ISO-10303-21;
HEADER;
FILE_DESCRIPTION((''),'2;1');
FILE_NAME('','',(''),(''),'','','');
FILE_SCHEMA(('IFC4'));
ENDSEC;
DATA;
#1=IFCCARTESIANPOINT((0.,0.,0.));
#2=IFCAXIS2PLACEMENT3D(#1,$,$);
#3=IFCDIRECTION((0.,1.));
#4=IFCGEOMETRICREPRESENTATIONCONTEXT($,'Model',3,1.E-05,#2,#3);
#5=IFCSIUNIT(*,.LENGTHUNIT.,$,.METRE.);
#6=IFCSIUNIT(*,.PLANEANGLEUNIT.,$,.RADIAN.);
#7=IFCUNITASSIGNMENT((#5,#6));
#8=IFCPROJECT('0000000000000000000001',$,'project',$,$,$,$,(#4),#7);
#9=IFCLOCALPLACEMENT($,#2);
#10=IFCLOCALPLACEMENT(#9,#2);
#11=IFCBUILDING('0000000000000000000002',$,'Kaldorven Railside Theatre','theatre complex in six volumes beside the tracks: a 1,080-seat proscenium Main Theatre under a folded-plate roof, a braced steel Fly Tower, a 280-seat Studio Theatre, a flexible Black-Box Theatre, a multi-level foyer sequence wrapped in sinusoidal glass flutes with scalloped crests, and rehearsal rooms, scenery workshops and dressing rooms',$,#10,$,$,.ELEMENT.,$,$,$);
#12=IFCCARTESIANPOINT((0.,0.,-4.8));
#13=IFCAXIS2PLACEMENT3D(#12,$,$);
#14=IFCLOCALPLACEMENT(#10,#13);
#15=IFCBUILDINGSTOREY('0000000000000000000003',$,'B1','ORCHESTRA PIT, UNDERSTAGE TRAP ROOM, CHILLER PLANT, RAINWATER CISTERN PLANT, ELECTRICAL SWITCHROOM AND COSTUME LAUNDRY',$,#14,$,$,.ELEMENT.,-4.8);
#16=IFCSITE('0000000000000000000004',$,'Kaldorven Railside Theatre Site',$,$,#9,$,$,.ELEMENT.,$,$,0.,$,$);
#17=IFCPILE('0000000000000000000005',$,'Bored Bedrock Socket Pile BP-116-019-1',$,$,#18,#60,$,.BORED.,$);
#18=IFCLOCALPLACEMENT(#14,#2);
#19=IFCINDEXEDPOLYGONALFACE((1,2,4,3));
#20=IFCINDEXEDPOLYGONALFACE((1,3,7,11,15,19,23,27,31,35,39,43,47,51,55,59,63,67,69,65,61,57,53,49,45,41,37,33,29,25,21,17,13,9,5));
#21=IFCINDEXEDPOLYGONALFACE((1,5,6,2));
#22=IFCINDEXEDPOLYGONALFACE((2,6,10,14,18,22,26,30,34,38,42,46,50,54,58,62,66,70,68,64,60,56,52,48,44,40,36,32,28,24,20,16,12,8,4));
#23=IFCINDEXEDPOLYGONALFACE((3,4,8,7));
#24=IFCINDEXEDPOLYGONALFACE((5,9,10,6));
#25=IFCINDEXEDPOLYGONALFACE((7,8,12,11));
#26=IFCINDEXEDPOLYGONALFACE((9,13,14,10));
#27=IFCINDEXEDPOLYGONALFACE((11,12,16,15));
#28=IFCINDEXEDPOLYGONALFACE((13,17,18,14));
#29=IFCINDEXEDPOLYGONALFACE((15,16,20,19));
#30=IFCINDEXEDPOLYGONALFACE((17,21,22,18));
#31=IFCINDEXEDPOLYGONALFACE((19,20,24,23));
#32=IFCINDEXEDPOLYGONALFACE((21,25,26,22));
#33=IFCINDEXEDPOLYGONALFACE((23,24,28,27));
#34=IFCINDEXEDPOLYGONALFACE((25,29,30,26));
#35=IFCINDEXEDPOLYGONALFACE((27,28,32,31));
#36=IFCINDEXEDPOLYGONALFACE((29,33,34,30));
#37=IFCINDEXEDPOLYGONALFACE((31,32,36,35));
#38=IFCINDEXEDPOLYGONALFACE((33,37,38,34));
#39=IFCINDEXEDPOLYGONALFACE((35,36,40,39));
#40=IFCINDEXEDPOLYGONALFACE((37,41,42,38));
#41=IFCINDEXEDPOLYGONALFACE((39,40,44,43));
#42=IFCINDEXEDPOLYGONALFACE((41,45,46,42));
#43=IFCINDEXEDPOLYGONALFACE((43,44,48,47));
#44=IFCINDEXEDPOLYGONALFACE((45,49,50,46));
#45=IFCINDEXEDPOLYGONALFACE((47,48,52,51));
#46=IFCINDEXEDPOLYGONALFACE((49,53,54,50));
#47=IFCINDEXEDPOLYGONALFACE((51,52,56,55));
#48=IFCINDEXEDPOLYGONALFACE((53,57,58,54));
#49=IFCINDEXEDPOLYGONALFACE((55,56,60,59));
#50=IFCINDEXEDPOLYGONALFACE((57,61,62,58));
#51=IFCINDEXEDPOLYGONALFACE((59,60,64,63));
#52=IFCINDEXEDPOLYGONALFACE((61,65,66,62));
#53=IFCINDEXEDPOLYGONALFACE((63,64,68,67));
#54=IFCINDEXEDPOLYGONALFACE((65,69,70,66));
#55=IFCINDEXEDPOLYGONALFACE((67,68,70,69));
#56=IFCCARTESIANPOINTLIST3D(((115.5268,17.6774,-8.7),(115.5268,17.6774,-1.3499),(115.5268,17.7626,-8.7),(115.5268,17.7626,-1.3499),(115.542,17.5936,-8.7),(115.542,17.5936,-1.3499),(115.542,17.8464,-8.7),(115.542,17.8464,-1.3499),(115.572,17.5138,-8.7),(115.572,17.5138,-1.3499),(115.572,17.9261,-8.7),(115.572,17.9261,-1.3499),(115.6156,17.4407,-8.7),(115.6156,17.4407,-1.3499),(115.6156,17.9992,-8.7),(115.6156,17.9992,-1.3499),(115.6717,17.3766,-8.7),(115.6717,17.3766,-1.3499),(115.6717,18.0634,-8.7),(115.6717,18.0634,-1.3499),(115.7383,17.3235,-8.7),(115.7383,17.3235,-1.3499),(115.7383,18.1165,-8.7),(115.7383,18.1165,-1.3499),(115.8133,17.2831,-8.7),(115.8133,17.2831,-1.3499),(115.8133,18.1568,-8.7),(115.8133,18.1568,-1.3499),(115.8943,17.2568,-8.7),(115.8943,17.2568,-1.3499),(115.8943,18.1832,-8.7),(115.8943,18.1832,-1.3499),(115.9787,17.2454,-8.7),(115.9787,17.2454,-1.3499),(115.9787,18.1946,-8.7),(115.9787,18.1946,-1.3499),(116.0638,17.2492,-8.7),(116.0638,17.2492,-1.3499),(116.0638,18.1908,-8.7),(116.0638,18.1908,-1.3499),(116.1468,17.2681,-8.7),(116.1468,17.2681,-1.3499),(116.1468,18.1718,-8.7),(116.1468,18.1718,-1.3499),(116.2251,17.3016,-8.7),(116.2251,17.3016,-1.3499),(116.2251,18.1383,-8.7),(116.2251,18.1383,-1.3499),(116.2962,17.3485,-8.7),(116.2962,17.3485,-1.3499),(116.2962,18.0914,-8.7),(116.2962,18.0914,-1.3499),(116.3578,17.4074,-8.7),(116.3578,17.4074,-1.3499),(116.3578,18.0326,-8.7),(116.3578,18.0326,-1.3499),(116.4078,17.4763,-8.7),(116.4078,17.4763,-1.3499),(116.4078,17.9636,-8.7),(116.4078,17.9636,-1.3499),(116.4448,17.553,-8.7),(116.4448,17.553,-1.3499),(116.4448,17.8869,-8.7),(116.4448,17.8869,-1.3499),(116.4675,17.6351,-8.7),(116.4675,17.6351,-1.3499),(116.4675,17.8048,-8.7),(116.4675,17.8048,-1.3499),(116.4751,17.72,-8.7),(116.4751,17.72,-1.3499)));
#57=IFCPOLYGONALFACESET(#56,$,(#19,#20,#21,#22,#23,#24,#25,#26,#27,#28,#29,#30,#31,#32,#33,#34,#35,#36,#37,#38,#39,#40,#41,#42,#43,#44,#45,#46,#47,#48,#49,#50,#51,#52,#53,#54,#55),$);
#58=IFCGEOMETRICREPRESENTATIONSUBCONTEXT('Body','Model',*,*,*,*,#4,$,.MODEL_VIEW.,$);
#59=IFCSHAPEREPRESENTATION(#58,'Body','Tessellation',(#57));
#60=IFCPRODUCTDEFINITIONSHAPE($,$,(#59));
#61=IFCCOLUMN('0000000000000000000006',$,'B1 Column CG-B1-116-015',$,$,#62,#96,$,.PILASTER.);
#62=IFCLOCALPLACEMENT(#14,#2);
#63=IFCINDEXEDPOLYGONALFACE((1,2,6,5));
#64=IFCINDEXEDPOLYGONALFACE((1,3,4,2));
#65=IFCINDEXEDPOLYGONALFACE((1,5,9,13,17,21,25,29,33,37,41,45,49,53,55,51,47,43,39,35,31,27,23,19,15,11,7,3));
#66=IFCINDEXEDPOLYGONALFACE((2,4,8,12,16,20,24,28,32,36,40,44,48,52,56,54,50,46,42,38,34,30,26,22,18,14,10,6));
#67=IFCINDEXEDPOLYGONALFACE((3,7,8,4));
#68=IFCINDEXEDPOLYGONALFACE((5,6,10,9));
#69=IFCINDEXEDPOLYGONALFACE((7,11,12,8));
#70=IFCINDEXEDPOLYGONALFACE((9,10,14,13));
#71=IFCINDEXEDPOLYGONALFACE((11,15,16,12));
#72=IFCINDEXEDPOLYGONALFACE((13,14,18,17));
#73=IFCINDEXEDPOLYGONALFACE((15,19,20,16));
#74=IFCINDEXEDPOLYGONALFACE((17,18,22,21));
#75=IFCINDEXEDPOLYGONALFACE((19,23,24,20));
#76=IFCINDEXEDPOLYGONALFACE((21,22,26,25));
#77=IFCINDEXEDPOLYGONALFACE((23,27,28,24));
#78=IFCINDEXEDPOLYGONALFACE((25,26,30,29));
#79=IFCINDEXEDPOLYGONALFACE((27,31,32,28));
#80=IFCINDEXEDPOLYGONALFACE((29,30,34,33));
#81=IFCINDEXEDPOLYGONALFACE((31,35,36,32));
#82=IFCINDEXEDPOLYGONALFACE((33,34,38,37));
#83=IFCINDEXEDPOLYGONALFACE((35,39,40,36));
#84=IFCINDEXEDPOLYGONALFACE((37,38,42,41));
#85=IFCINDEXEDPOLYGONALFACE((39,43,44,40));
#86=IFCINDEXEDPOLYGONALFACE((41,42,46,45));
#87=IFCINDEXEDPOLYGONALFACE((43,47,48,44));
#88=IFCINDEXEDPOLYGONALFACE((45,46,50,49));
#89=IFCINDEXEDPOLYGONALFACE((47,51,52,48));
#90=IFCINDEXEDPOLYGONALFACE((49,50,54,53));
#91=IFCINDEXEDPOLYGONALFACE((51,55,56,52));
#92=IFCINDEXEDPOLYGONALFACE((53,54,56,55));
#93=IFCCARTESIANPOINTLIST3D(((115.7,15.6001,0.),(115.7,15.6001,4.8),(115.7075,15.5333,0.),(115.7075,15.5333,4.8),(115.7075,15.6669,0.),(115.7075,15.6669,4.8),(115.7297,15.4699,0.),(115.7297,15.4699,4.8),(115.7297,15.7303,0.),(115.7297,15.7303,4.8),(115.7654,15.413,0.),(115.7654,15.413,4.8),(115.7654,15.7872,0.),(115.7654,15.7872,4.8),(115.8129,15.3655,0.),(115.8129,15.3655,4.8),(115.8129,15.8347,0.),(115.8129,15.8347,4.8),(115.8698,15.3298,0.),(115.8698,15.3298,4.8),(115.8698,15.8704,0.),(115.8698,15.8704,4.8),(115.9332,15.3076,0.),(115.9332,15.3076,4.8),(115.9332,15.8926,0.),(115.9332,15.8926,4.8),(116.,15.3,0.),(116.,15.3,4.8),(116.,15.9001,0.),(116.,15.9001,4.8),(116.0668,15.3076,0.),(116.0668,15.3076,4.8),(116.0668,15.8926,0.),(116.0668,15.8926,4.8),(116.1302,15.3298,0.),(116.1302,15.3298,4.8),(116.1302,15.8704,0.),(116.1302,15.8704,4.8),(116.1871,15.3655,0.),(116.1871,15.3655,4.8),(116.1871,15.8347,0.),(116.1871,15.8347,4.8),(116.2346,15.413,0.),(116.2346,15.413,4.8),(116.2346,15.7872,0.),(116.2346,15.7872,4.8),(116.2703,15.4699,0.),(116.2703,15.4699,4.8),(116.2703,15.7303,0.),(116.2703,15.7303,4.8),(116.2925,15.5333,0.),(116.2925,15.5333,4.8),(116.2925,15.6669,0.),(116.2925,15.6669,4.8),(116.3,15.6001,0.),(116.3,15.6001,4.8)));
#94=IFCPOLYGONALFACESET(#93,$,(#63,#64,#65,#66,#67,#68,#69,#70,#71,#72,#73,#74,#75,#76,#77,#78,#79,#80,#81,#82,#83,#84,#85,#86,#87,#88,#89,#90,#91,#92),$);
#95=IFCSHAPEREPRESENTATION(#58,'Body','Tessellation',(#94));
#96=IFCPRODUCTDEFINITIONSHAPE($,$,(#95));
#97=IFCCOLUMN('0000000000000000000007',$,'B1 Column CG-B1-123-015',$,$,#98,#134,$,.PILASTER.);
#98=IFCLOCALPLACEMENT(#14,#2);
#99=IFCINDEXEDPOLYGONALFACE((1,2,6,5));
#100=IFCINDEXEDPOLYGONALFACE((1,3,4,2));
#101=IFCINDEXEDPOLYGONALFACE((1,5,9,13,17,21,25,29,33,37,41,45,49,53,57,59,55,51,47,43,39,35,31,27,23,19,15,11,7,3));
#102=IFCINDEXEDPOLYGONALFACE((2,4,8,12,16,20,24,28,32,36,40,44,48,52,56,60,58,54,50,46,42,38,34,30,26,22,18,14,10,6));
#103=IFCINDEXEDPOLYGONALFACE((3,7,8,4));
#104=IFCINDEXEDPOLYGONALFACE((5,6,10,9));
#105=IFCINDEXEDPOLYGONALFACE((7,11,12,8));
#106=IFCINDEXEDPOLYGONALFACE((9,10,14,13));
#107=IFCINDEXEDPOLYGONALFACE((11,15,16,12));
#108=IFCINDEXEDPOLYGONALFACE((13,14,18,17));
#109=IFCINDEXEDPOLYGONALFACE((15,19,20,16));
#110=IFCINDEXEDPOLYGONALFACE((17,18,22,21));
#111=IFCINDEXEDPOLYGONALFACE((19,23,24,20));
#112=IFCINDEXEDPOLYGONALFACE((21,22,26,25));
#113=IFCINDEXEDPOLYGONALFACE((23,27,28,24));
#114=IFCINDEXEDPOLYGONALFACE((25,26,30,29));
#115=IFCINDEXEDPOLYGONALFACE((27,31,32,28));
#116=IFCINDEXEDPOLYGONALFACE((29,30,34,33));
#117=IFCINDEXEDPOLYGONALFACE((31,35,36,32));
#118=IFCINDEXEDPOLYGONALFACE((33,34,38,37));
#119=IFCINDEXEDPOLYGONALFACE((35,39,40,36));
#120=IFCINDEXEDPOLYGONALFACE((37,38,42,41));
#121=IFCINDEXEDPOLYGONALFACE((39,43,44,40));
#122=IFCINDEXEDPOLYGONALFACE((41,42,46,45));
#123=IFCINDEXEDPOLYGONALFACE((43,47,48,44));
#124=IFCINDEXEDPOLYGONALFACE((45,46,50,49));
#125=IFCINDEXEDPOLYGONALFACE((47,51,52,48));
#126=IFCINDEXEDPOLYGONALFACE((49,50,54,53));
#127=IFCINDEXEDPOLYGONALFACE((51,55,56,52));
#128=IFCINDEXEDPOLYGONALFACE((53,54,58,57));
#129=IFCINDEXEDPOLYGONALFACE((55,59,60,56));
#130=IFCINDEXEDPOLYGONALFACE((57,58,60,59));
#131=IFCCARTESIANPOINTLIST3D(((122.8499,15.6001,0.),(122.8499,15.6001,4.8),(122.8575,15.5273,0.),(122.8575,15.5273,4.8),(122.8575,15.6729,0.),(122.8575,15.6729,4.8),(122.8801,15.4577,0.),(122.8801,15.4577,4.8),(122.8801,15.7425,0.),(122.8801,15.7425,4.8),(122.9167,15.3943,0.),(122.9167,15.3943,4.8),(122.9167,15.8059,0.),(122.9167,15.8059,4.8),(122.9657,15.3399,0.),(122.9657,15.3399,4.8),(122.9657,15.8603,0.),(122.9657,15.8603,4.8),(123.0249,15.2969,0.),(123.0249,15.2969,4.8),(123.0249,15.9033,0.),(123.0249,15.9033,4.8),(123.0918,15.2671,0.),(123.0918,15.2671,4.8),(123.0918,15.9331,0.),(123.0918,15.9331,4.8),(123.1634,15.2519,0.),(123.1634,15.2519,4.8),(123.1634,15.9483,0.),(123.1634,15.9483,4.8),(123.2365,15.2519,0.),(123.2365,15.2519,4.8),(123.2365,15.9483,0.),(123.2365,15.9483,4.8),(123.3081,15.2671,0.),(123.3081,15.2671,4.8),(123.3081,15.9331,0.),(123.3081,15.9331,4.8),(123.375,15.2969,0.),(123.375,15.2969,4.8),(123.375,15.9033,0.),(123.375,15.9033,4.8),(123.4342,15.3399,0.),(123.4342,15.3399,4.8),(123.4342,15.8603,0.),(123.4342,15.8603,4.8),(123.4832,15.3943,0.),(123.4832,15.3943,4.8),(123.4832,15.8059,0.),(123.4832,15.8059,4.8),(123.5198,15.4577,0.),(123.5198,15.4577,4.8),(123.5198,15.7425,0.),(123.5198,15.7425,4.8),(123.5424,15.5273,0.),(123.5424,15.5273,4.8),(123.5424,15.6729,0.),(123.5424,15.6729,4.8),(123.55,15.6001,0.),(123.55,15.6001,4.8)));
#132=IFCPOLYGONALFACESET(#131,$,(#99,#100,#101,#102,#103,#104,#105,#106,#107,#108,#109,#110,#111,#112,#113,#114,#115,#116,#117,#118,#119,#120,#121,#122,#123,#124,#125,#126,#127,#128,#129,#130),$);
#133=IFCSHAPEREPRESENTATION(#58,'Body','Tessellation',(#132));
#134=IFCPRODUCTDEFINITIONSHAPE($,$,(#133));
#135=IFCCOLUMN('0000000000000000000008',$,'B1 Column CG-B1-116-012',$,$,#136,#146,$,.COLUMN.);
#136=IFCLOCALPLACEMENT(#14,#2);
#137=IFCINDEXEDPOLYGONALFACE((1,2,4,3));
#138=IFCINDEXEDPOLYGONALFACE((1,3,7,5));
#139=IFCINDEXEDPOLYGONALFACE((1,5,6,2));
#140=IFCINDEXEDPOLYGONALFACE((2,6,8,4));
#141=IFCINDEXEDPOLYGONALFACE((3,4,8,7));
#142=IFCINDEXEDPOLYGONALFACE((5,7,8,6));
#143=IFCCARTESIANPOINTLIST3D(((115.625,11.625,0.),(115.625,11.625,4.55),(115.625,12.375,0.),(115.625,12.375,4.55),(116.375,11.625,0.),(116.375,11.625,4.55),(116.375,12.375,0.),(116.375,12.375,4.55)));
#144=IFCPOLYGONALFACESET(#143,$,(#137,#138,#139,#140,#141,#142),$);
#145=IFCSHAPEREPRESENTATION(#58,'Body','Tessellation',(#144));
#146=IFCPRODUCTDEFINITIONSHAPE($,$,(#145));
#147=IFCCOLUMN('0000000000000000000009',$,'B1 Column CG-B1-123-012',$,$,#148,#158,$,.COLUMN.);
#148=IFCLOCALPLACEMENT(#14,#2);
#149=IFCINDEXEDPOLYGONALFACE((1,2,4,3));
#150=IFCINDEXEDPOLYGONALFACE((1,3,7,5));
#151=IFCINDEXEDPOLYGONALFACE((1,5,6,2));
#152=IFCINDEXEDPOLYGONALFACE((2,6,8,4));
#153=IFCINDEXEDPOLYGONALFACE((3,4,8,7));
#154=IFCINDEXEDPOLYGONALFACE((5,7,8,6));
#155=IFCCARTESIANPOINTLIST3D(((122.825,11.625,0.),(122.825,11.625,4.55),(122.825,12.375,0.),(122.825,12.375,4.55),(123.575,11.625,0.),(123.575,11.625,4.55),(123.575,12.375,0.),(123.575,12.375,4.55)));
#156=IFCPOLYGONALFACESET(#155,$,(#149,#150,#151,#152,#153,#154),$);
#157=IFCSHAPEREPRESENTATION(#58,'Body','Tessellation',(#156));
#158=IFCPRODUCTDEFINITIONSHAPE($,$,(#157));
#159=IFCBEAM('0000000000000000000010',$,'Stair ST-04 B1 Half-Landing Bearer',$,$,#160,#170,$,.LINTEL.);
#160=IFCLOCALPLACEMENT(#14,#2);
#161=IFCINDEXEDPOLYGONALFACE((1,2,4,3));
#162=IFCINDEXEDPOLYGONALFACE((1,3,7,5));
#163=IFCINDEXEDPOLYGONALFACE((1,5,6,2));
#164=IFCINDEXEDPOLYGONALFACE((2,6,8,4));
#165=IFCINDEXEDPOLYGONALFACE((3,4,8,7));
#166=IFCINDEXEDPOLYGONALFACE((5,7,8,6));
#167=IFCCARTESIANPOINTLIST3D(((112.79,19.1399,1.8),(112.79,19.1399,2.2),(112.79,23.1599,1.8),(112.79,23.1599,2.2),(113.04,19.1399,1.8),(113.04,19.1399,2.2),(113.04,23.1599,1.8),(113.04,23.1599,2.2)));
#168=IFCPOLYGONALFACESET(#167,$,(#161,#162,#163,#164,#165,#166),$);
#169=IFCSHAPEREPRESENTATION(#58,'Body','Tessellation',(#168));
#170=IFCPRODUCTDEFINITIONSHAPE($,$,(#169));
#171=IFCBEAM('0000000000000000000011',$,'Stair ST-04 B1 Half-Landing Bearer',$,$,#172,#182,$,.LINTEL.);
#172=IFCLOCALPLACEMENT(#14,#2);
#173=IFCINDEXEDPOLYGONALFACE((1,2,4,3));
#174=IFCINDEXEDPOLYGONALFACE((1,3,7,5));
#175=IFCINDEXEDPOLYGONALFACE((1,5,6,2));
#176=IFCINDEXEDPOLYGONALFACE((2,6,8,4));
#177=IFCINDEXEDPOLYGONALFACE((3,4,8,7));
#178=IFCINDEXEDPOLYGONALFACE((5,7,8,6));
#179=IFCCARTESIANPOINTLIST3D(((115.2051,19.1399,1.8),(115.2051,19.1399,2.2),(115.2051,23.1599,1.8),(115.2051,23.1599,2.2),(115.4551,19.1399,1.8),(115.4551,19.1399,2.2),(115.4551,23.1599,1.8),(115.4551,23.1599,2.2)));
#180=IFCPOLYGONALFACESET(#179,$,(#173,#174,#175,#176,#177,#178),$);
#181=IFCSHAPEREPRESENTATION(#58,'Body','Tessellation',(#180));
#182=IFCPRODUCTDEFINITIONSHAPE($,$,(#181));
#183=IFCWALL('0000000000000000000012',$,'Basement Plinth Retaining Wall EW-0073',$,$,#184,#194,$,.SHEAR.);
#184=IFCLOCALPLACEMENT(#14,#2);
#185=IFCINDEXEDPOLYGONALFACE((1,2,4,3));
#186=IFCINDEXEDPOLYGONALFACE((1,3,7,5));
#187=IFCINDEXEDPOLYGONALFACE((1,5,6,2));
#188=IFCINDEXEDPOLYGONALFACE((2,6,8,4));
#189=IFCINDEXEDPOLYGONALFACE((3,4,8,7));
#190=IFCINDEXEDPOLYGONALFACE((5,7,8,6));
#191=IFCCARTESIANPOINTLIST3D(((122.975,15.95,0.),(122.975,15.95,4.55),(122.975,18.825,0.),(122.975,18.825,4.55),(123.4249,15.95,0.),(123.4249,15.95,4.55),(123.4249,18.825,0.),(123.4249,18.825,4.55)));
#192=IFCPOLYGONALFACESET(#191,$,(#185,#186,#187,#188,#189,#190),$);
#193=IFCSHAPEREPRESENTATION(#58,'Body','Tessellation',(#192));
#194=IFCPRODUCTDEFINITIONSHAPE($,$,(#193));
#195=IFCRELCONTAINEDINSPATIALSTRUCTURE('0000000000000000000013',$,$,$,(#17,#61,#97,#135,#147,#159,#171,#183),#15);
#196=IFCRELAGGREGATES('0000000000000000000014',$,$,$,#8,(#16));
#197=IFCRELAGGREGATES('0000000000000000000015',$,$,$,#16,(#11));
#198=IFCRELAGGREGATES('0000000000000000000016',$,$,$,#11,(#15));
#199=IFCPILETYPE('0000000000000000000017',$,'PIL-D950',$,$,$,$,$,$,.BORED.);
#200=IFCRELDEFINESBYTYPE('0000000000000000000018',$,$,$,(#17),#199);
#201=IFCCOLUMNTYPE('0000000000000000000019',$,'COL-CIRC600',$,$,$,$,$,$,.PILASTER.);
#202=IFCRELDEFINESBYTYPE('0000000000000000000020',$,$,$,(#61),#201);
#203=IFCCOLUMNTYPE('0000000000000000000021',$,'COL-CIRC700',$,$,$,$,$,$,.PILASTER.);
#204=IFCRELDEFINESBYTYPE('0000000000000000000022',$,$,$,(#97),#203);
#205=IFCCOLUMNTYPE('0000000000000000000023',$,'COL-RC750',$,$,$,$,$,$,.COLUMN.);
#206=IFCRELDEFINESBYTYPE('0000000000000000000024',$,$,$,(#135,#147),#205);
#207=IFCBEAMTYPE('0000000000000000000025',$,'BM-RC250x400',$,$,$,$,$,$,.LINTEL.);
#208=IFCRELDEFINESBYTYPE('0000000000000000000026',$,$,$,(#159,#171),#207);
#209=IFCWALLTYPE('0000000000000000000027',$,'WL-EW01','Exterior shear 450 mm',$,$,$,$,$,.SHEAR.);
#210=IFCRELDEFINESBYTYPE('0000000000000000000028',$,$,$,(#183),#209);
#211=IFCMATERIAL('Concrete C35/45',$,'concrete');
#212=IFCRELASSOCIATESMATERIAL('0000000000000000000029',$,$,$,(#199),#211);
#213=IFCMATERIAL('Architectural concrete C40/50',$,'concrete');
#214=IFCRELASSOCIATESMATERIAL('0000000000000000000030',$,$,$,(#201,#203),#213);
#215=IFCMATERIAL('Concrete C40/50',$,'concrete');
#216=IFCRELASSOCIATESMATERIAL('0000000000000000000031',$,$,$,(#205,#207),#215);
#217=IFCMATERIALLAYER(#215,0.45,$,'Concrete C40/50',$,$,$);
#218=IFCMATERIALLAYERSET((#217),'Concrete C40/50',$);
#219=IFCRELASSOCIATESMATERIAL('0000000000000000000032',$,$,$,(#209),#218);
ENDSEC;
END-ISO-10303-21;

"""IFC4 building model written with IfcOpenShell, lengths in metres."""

from ifc_helpers import new_model, si_unit, direction, frame, frame_2d, origin, origin_2d, place, context, subcontext, project, spatial, rectangle, circle, extrude, material, layer, layer_set, material_profile, profile_set, type_object, element, save


model = new_model("IFC4")

# Units and contexts
model_context = context("Model", 3, precision=1e-05, world=origin(), true_north=direction((0.0, 1.0)))
body_context = subcontext(model_context, "Body", "Model", "MODEL_VIEW")
ifc_project = project(units=[si_unit("LENGTHUNIT", "METRE"), si_unit("PLANEANGLEUNIT", "RADIAN")], contexts=[model_context])

# Site, building, storey
site_placement = place(None, origin())
site = spatial("IfcSite", under=ifc_project, at=site_placement, Name="Kaldorven Railside Theatre Site", CompositionType="ELEMENT", RefElevation=0.0)
building_placement = place(site_placement, origin())
building = spatial("IfcBuilding", under=site, at=building_placement, Name="Kaldorven Railside Theatre", Description="theatre complex in six volumes beside the tracks: a 1,080-seat proscenium Main Theatre under a folded-plate roof, a braced steel Fly Tower, a 280-seat Studio Theatre, a flexible Black-Box Theatre, a multi-level foyer sequence wrapped in sinusoidal glass flutes with scalloped crests, and rehearsal rooms, scenery workshops and dressing rooms", CompositionType="ELEMENT")
storey_placement = place(building_placement, frame((0.0, 0.0, -4.8)))
storey = spatial("IfcBuildingStorey", under=building, at=storey_placement, Name="B1", Description="ORCHESTRA PIT, UNDERSTAGE TRAP ROOM, CHILLER PLANT, RAINWATER CISTERN PLANT, ELECTRICAL SWITCHROOM AND COSTUME LAUNDRY", CompositionType="ELEMENT", Elevation=-4.8)

# Shared definitions
ifc_material_1 = material(Name="Concrete C40/50", Category="concrete")

# Pile
ifc_material_2 = material(Name="Concrete C35/45", Category="concrete")
ifc_material_profile_1 = material_profile(ifc_material_2, circle(Radius=0.4751, at=origin_2d()), Name="BP D950")
ifc_profile_set_1 = profile_set([ifc_material_profile_1], Name="Concrete C35/45")
pile_type_1 = type_object("IfcPileType", Name="PIL-D950", PredefinedType="BORED", material=ifc_profile_set_1)
pile_placement = place(storey_placement, frame((116.0, 17.72, -1.3499), z_axis=(0.0, 0.0, -1.0), x_axis=(1.0, 0.0, 0.0)))
element("IfcPile", 1, at=pile_placement, inside=storey, type_object=pile_type_1, Name="Bored Bedrock Socket Pile BP-116-019-1", PredefinedType="BORED", context=body_context, shape_type="SweptSolid", body=[
    extrude(circle(Radius=0.4751, at=origin_2d()), origin(), (0.0, 0.0, 1.0), 7.3501),
])

# Columns
ifc_material_3 = material(Name="Architectural concrete C40/50", Category="concrete")
ifc_material_profile_2 = material_profile(ifc_material_3, circle(Radius=0.3, at=origin_2d()), Name="RC D600")
ifc_profile_set_2 = profile_set([ifc_material_profile_2], Name="Architectural concrete C40/50")
column_type_1 = type_object("IfcColumnType", Name="COL-CIRC600", PredefinedType="PILASTER", material=ifc_profile_set_2)
column_1_placement = place(storey_placement, frame((116.0, 15.6001, 0.0), z_axis=(0.0, 0.0, 1.0), x_axis=(1.0, 0.0, 0.0)))
element("IfcColumn", 2, at=column_1_placement, inside=storey, type_object=column_type_1, Name="B1 Column CG-B1-116-015", PredefinedType="PILASTER", context=body_context, shape_type="SweptSolid", body=[
    extrude(circle(Radius=0.3, at=origin_2d()), origin(), (0.0, 0.0, 1.0), 4.8),
])
ifc_material_profile_3 = material_profile(ifc_material_3, circle(Radius=0.3501, at=origin_2d()), Name="RC D700")
ifc_profile_set_3 = profile_set([ifc_material_profile_3], Name="Architectural concrete C40/50")
column_type_2 = type_object("IfcColumnType", Name="COL-CIRC700", PredefinedType="PILASTER", material=ifc_profile_set_3)
column_2_placement = place(storey_placement, frame((123.2, 15.6001, 0.0), z_axis=(0.0, 0.0, 1.0), x_axis=(1.0, 0.0, 0.0)))
element("IfcColumn", 3, at=column_2_placement, inside=storey, type_object=column_type_2, Name="B1 Column CG-B1-123-015", PredefinedType="PILASTER", context=body_context, shape_type="SweptSolid", body=[
    extrude(circle(Radius=0.3501, at=origin_2d()), origin(), (0.0, 0.0, 1.0), 4.8),
])
ifc_material_profile_4 = material_profile(ifc_material_1, rectangle(XDim=0.75, YDim=0.75, at=origin_2d()), Name="RC 750x750")
ifc_profile_set_4 = profile_set([ifc_material_profile_4], Name="Concrete C40/50")
column_type_3 = type_object("IfcColumnType", Name="COL-RC750", PredefinedType="COLUMN", material=ifc_profile_set_4)
for number, where, z_axis, x_axis, name in (
    (4, (116.0, 12.0, 0.0), (0.0, 0.0, 1.0), (1.0, 0.0, 0.0), "B1 Column CG-B1-116-012"),
    (5, (123.2, 12.0, 0.0), (0.0, 0.0, 1.0), (1.0, 0.0, 0.0), "B1 Column CG-B1-123-012"),
):
    element("IfcColumn", number, at=place(storey_placement, frame(where, z_axis=z_axis, x_axis=x_axis)), inside=storey, type_object=column_type_3, Name=name, PredefinedType="COLUMN", context=body_context, shape_type="SweptSolid", body=[
        extrude(rectangle(XDim=0.75, YDim=0.75, at=origin_2d()), origin(), (0.0, 0.0, 1.0), 4.55),
    ])

# Beams
ifc_material_profile_5 = material_profile(ifc_material_1, rectangle(XDim=0.25, YDim=0.3999, at=origin_2d()), Name="RC 250x400")
ifc_profile_set_5 = profile_set([ifc_material_profile_5], Name="Concrete C40/50")
beam_type = type_object("IfcBeamType", Name="BM-RC250x400", PredefinedType="LINTEL", material=ifc_profile_set_5)
for number, where, z_axis, x_axis, name in (
    (6, (112.915, 19.1399, 2.0), (0.0, 1.0, 0.0), (-1.0, 0.0, 0.0), "Stair ST-04 B1 Half-Landing Bearer"),
    (7, (115.3301, 19.1399, 2.0), (0.0, 1.0, 0.0), (-1.0, 0.0, 0.0), "Stair ST-04 B1 Half-Landing Bearer"),
):
    element("IfcBeam", number, at=place(storey_placement, frame(where, z_axis=z_axis, x_axis=x_axis)), inside=storey, type_object=beam_type, Name=name, PredefinedType="LINTEL", context=body_context, shape_type="SweptSolid", body=[
        extrude(rectangle(XDim=0.25, YDim=0.3999, at=origin_2d()), origin(), (0.0, 0.0, 1.0), 4.02),
    ])

# Wall
ifc_layer_1 = layer(ifc_material_1, 0.45, Name="Concrete C40/50")
ifc_layer_set_1 = layer_set([ifc_layer_1], Name="Concrete C40/50")
wall_type_1 = type_object("IfcWallType", Name="WL-EW01", Description="Exterior shear 450 mm", PredefinedType="SHEAR", material=ifc_layer_set_1)
for number, where, z_axis, x_axis, name in (
    (8, (123.2, 18.825, 0.0), (0.0, 0.0, 1.0), (0.0, -1.0, 0.0), "Basement Plinth Retaining Wall EW-0073"),
):
    element("IfcWall", number, at=place(storey_placement, frame(where, z_axis=z_axis, x_axis=x_axis)), inside=storey, type_object=wall_type_1, Name=name, PredefinedType="SHEAR", context=body_context, shape_type="SweptSolid", body=[
        extrude(rectangle(XDim=2.875, YDim=0.45, at=frame_2d((1.4375, 0.0))), origin(), (0.0, 0.0, 1.0), 4.55),
    ])

save(model, "model.ifc")
